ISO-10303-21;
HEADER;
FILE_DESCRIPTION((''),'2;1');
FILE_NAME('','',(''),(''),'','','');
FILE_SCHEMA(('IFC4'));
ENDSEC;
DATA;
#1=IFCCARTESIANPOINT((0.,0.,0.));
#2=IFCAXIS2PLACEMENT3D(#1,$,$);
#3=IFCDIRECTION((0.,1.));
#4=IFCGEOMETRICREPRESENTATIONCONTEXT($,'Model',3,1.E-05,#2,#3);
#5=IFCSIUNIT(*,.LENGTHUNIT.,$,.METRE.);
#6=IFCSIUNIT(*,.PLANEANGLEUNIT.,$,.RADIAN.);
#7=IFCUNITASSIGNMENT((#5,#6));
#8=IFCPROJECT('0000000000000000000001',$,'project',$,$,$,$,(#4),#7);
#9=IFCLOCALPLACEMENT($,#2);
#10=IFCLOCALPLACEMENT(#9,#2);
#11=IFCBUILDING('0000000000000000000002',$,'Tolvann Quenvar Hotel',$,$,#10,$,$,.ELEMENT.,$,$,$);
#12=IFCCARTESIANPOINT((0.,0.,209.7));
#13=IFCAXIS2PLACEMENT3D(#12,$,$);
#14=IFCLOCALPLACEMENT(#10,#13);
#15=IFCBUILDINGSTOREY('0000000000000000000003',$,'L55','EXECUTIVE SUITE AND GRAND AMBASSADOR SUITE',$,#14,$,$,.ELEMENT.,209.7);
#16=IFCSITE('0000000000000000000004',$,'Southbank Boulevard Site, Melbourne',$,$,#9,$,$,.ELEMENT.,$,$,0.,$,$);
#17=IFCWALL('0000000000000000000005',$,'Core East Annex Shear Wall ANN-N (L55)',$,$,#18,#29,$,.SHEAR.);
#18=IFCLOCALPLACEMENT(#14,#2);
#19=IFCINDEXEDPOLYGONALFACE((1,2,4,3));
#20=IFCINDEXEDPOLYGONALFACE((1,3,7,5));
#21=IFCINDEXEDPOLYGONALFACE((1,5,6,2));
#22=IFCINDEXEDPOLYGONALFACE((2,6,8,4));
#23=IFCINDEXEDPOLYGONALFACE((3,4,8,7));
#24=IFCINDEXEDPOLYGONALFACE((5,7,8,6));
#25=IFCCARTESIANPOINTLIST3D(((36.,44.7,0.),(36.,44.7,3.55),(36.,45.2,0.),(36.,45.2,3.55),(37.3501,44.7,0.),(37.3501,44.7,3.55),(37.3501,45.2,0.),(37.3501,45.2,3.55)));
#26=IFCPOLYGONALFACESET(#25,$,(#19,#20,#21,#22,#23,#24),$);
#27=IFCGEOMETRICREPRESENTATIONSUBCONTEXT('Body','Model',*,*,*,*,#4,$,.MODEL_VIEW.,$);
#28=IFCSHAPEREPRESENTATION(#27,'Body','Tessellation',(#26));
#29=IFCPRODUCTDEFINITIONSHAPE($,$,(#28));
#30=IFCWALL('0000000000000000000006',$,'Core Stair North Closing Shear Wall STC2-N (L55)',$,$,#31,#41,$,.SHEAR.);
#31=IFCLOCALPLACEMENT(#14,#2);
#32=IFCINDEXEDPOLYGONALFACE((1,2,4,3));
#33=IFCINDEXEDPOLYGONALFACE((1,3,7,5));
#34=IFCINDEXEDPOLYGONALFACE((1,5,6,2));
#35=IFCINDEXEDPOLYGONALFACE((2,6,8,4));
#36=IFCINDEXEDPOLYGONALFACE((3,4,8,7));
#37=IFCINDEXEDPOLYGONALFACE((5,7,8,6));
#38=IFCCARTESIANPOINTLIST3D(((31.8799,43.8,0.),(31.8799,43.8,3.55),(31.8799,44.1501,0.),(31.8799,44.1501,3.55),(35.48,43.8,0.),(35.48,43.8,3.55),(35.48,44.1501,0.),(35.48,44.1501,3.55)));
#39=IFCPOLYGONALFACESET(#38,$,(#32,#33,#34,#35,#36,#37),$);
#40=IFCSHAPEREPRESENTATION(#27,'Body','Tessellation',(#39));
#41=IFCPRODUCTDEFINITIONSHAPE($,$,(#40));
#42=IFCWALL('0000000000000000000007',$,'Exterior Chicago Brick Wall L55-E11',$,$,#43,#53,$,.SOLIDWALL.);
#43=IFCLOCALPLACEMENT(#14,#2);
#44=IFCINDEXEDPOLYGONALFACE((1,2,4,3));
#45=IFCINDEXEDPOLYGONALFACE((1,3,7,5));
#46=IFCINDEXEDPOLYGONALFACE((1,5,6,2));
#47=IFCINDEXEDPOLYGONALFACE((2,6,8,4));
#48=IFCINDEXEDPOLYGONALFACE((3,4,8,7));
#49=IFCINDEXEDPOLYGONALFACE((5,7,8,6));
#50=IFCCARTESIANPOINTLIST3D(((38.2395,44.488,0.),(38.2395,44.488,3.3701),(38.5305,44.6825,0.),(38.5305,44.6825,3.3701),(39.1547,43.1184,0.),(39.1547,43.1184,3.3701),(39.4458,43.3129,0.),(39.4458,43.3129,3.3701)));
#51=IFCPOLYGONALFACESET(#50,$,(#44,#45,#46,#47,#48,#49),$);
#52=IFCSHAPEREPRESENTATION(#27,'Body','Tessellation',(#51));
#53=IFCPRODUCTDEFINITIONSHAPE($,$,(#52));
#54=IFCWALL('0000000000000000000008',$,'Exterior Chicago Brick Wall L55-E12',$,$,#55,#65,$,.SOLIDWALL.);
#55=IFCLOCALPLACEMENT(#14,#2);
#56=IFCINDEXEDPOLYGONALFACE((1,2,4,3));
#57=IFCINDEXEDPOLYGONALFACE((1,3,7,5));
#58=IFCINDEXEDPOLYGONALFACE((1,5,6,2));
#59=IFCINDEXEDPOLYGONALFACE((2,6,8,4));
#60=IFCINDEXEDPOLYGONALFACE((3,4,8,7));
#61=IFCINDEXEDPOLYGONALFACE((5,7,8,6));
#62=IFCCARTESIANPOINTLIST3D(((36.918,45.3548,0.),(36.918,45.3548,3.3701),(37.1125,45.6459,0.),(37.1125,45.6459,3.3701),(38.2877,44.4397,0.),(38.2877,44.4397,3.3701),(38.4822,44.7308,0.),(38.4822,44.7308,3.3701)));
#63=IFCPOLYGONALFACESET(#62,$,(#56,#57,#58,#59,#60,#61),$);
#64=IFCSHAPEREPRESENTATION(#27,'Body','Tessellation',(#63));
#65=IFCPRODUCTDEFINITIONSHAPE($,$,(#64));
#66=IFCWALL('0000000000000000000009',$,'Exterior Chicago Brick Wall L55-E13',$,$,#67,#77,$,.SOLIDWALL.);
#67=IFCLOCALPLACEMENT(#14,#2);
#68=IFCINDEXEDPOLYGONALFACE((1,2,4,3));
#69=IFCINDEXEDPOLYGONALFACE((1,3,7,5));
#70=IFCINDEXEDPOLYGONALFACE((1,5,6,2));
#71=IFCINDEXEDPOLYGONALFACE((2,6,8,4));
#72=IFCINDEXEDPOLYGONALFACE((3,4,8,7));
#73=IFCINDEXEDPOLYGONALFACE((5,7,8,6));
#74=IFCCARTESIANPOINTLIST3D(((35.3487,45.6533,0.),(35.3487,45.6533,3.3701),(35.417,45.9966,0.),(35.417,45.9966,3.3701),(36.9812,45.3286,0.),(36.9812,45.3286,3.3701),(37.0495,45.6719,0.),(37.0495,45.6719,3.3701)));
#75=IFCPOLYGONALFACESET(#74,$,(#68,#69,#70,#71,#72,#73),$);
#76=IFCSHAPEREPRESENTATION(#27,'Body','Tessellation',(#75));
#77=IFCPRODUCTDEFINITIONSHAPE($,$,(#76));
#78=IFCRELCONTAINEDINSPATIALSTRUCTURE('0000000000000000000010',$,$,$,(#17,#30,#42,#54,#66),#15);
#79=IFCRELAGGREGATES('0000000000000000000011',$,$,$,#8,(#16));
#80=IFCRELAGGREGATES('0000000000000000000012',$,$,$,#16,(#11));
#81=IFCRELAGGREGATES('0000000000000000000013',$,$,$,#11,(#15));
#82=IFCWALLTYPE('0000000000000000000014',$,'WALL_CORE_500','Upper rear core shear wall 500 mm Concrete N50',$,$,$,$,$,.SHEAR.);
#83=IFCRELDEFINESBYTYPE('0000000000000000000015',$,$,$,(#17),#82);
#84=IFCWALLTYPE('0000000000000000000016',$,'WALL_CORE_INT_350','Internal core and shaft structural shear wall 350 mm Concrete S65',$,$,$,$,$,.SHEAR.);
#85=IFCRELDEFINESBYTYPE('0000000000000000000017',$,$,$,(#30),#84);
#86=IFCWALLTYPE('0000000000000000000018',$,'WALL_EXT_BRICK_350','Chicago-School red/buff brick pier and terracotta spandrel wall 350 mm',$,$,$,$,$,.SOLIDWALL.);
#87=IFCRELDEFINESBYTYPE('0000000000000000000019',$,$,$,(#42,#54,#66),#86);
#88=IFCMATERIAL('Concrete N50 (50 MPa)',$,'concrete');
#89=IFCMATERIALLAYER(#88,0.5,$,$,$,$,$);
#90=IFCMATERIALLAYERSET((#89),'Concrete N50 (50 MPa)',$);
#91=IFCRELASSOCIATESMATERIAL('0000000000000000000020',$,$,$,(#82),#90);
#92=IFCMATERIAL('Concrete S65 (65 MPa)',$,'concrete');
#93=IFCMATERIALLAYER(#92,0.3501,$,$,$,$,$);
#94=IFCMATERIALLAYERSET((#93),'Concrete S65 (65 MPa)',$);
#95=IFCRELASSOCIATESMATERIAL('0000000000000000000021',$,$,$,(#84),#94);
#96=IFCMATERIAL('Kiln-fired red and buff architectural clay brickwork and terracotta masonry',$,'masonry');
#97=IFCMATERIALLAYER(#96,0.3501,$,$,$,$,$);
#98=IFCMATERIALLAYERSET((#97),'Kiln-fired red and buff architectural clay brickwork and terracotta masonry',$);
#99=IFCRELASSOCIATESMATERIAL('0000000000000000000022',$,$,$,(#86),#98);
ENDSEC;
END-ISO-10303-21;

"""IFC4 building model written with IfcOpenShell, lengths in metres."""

from ifc_helpers import new_model, si_unit, direction, frame, frame_2d, origin, place, context, subcontext, project, spatial, rectangle, extrude, material, layer, layer_set, type_object, element, save


model = new_model("IFC4")

# Units and contexts
model_context = context("Model", 3, precision=1e-05, world=origin(), true_north=direction((0.0, 1.0)))
body_context = subcontext(model_context, "Body", "Model", "MODEL_VIEW")
ifc_project = project(units=[si_unit("LENGTHUNIT", "METRE"), si_unit("PLANEANGLEUNIT", "RADIAN")], contexts=[model_context])

# Site, building, storey
site_placement = place(None, origin())
site = spatial("IfcSite", under=ifc_project, at=site_placement, Name="Southbank Boulevard Site, Melbourne", CompositionType="ELEMENT", RefElevation=0.0)
building_placement = place(site_placement, origin())
building = spatial("IfcBuilding", under=site, at=building_placement, Name="Tolvann Quenvar Hotel", CompositionType="ELEMENT")
storey_placement = place(building_placement, frame((0.0, 0.0, 209.7)))
storey = spatial("IfcBuildingStorey", under=building, at=storey_placement, Name="L55", Description="EXECUTIVE SUITE AND GRAND AMBASSADOR SUITE", CompositionType="ELEMENT", Elevation=209.7)

# Walls
ifc_material_1 = material(Name="Concrete N50 (50 MPa)", Category="concrete")
ifc_layer_1 = layer(ifc_material_1, 0.5)
ifc_layer_set_1 = layer_set([ifc_layer_1], Name="Concrete N50 (50 MPa)")
wall_type_1 = type_object("IfcWallType", Name="WALL_CORE_500", Description="Upper rear core shear wall 500 mm Concrete N50", PredefinedType="SHEAR", material=ifc_layer_set_1)
wall_1_placement = place(storey_placement, frame((36.0, 44.95, 0.0), z_axis=(0.0, 0.0, 1.0), x_axis=(1.0, 0.0, 0.0)))
element("IfcWall", 1, at=wall_1_placement, inside=storey, type_object=wall_type_1, Name="Core East Annex Shear Wall ANN-N (L55)", PredefinedType="SHEAR", context=body_context, shape_type="SweptSolid", body=[
    extrude(rectangle(XDim=1.3501, YDim=0.5, at=frame_2d((0.675, 0.0))), origin(), (0.0, 0.0, 1.0), 3.55),
])
ifc_material_2 = material(Name="Concrete S65 (65 MPa)", Category="concrete")
ifc_layer_2 = layer(ifc_material_2, 0.3501)
ifc_layer_set_2 = layer_set([ifc_layer_2], Name="Concrete S65 (65 MPa)")
wall_type_2 = type_object("IfcWallType", Name="WALL_CORE_INT_350", Description="Internal core and shaft structural shear wall 350 mm Concrete S65", PredefinedType="SHEAR", material=ifc_layer_set_2)
wall_2_placement = place(storey_placement, frame((31.8799, 43.9751, 0.0), z_axis=(0.0, 0.0, 1.0), x_axis=(1.0, 0.0, 0.0)))
element("IfcWall", 2, at=wall_2_placement, inside=storey, type_object=wall_type_2, Name="Core Stair North Closing Shear Wall STC2-N (L55)", PredefinedType="SHEAR", context=body_context, shape_type="SweptSolid", body=[
    extrude(rectangle(XDim=3.6001, YDim=0.3501, at=frame_2d((1.8, 0.0))), origin(), (0.0, 0.0, 1.0), 3.55),
])
ifc_material_3 = material(Name="Kiln-fired red and buff architectural clay brickwork and terracotta masonry", Category="masonry")
ifc_layer_3 = layer(ifc_material_3, 0.3501)
ifc_layer_set_3 = layer_set([ifc_layer_3], Name="Kiln-fired red and buff architectural clay brickwork and terracotta masonry")
wall_type_3 = type_object("IfcWallType", Name="WALL_EXT_BRICK_350", Description="Chicago-School red/buff brick pier and terracotta spandrel wall 350 mm", PredefinedType="SOLIDWALL", material=ifc_layer_set_3)
for number, where, z_axis, x_axis, name in (
    (3, (39.3003, 43.2156, 0.0), (0.0, 0.0, 1.0), (-0.555623, 0.831434, 0.0), "Exterior Chicago Brick Wall L55-E11"),
    (4, (38.385, 44.5852, 0.0), (0.0, 0.0, 1.0), (-0.831503, 0.555521, 0.0), "Exterior Chicago Brick Wall L55-E12"),
):
    element("IfcWall", number, at=place(storey_placement, frame(where, z_axis=z_axis, x_axis=x_axis)), inside=storey, type_object=wall_type_3, Name=name, PredefinedType="SOLIDWALL", context=body_context, shape_type="SweptSolid", body=[
        extrude(rectangle(XDim=1.6472, YDim=0.3501, at=frame_2d((0.8237, 0.0))), origin(), (0.0, 0.0, 1.0), 3.3701),
    ])
wall_3_placement = place(storey_placement, frame((37.0154, 45.5002, 0.0), z_axis=(0.0, 0.0, 1.0), x_axis=(-0.980789, 0.195072, 0.0)))
element("IfcWall", 5, at=wall_3_placement, inside=storey, type_object=wall_type_3, Name="Exterior Chicago Brick Wall L55-E13", PredefinedType="SOLIDWALL", context=body_context, shape_type="SweptSolid", body=[
    extrude(rectangle(XDim=1.6646, YDim=0.3501, at=frame_2d((0.8323, 0.0))), origin(), (0.0, 0.0, 1.0), 3.3701),
])

save(model, "model.ifc")
